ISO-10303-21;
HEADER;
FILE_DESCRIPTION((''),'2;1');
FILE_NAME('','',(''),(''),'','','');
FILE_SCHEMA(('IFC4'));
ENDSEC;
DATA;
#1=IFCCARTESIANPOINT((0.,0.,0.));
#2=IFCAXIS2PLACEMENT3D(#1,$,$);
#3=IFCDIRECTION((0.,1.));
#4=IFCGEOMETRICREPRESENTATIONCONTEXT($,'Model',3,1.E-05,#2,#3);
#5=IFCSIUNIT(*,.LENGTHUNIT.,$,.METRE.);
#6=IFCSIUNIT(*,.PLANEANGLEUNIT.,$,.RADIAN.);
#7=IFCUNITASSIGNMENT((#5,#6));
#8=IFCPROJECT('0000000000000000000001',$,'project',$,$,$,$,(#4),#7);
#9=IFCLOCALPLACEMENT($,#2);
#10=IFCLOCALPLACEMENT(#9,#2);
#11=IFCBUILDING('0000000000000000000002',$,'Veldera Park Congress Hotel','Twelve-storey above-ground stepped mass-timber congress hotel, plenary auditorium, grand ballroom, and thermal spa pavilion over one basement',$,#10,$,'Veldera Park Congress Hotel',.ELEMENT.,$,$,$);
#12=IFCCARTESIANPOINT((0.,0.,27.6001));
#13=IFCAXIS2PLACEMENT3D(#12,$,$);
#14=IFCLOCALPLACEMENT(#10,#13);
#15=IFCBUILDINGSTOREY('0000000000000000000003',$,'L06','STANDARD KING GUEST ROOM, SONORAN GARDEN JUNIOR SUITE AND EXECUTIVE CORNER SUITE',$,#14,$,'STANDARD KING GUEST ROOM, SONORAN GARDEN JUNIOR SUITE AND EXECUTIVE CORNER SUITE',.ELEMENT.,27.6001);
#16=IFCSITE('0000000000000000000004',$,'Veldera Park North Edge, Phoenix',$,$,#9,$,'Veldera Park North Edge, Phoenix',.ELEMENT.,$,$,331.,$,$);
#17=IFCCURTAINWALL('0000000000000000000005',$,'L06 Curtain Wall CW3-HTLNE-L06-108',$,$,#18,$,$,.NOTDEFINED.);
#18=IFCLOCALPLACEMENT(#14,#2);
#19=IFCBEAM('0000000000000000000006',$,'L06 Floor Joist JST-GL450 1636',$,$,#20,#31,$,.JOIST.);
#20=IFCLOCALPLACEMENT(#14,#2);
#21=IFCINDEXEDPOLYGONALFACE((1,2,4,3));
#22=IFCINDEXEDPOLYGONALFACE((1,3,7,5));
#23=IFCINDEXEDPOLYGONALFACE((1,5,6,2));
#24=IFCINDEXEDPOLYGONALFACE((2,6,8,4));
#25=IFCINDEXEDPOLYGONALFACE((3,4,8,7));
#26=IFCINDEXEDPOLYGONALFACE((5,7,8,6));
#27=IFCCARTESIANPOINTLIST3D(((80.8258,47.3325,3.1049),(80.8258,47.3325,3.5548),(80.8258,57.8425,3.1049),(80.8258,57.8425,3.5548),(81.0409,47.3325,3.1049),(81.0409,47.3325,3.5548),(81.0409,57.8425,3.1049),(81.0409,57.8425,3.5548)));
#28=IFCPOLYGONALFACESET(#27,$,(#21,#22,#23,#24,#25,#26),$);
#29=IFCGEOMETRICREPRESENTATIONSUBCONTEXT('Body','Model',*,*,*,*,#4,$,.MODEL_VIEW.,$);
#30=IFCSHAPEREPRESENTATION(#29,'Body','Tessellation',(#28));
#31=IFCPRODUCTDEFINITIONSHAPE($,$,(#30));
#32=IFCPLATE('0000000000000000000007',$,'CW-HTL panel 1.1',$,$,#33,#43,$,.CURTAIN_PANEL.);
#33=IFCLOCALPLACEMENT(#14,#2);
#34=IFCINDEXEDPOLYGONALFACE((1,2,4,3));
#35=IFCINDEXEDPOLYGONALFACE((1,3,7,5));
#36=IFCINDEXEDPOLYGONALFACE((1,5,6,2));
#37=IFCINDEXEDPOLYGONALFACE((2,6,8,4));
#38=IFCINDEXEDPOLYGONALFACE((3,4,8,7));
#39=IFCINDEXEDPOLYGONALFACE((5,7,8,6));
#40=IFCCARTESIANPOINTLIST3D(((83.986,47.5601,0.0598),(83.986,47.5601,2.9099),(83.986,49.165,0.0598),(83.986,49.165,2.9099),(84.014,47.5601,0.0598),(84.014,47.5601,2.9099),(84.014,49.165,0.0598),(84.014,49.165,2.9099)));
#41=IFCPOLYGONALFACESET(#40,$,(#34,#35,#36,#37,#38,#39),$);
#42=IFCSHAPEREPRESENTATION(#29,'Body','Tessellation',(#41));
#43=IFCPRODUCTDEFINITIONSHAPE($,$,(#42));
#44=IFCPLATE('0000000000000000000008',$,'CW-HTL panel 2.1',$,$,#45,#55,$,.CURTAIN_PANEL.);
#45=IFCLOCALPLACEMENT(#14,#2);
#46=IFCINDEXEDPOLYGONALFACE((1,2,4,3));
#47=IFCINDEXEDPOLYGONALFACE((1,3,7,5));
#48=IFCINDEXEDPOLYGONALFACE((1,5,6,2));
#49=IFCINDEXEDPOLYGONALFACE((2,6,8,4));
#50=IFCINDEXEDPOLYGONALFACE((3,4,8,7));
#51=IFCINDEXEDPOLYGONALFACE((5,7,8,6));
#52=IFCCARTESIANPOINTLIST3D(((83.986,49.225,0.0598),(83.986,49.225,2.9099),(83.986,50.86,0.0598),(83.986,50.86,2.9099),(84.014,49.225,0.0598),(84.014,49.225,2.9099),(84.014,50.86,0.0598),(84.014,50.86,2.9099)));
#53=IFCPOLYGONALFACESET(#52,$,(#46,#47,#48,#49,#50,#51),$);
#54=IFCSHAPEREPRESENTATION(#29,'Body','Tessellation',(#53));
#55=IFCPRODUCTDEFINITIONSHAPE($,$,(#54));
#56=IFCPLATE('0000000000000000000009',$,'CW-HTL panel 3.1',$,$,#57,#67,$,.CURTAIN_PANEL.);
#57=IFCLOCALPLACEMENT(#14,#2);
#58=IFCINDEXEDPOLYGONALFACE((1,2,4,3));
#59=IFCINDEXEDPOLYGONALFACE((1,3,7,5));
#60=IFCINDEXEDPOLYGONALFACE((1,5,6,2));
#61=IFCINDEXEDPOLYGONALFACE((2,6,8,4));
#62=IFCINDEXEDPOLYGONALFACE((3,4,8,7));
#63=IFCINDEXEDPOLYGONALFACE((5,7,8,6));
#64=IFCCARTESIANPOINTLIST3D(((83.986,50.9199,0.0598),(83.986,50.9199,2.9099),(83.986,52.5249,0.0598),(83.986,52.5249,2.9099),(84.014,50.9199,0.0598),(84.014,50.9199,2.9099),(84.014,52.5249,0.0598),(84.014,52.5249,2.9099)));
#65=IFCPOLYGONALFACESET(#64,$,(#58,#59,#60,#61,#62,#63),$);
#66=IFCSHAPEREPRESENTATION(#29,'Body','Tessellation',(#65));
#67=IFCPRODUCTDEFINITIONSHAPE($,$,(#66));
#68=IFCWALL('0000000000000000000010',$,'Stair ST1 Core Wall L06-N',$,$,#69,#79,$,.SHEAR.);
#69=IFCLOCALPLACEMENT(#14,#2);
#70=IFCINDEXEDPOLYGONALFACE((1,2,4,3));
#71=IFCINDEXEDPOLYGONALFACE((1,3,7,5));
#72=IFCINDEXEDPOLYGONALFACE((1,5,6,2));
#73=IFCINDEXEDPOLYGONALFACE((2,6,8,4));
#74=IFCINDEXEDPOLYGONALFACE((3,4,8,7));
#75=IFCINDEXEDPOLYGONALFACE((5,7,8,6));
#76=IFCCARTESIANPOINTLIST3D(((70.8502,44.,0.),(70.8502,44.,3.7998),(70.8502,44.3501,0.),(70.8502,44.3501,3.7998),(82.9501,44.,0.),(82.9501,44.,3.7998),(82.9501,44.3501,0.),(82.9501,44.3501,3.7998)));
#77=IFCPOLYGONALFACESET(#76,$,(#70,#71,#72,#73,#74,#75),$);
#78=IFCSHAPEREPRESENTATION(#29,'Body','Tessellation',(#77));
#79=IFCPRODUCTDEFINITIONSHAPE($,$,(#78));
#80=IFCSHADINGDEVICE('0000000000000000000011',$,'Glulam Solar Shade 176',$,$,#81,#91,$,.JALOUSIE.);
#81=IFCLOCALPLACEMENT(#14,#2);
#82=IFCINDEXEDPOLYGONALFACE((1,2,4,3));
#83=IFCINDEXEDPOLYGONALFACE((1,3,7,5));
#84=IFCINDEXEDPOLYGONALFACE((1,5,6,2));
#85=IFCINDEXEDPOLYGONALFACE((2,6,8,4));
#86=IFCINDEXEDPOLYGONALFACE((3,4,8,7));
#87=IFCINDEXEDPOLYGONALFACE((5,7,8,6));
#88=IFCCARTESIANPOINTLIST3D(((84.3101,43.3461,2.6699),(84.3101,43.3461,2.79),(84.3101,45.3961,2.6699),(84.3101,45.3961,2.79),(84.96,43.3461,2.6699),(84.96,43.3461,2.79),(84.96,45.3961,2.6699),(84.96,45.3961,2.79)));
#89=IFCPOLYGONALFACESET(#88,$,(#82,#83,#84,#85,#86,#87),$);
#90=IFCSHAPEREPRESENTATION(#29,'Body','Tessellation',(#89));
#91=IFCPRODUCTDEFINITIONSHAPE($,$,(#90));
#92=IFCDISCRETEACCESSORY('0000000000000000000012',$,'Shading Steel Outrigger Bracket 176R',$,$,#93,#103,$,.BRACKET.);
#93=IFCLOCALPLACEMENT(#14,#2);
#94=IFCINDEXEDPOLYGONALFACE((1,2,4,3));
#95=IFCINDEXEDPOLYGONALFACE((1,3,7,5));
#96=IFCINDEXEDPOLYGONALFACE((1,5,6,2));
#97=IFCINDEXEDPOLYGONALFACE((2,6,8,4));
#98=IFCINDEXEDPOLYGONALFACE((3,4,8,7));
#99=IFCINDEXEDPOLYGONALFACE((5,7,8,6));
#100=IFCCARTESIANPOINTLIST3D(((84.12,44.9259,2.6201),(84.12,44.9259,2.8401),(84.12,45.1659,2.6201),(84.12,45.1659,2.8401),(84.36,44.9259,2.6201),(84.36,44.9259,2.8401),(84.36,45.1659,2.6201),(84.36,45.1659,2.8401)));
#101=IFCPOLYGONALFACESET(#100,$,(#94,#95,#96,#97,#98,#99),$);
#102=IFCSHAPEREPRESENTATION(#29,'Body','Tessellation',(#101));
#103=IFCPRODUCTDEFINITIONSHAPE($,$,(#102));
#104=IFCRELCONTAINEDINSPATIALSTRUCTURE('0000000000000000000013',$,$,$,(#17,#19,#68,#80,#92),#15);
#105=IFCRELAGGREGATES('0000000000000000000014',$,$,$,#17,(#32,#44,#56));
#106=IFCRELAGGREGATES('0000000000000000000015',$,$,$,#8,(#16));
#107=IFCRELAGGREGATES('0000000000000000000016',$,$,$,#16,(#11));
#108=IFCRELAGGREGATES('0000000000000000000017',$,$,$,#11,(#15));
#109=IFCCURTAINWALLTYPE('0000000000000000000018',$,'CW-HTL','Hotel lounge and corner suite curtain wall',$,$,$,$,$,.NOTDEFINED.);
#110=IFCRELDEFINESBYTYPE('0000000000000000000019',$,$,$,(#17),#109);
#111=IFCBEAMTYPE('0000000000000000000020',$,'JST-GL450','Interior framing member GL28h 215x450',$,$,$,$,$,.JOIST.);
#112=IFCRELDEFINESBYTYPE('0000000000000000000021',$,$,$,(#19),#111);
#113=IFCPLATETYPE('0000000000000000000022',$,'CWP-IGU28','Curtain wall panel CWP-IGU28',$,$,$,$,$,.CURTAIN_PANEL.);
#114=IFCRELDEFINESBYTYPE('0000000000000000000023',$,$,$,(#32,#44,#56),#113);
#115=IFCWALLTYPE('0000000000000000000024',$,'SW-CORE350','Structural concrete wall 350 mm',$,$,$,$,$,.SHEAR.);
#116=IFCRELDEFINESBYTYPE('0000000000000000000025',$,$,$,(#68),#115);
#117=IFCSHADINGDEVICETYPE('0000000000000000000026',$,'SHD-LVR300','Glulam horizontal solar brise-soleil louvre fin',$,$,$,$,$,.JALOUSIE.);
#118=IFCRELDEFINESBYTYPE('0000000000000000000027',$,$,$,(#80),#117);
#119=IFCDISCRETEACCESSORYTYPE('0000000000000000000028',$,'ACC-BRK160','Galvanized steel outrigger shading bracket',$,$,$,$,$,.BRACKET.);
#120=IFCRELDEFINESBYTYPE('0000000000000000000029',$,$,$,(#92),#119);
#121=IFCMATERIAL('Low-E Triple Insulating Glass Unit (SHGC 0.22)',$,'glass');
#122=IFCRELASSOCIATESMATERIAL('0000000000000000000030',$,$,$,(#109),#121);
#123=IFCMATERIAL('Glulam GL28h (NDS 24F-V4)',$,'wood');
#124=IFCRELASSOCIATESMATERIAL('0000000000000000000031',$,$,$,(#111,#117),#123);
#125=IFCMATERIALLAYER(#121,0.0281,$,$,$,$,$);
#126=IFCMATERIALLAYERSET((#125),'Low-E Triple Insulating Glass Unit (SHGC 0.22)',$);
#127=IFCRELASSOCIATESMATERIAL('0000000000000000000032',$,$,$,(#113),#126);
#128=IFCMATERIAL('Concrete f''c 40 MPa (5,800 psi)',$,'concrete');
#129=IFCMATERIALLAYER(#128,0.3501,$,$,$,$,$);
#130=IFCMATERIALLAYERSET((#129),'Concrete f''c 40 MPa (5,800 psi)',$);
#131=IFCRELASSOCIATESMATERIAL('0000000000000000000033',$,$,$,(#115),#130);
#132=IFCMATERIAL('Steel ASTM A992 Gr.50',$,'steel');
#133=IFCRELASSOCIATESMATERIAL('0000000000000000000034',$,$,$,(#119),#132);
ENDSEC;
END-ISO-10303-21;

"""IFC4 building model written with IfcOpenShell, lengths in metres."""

from ifc_helpers import new_model, si_unit, direction, frame, frame_2d, origin, origin_2d, place, context, subcontext, project, spatial, rectangle, extrude, material, layer, layer_set, material_profile, profile_set, type_object, element, aggregate, save


model = new_model("IFC4")

# Units and contexts
model_context = context("Model", 3, precision=1e-05, world=origin(), true_north=direction((0.0, 1.0)))
body_context = subcontext(model_context, "Body", "Model", "MODEL_VIEW")
ifc_project = project(units=[si_unit("LENGTHUNIT", "METRE"), si_unit("PLANEANGLEUNIT", "RADIAN")], contexts=[model_context])

# Site, building, storey
site_placement = place(None, origin())
site = spatial("IfcSite", under=ifc_project, at=site_placement, Name="Veldera Park North Edge, Phoenix", LongName="Veldera Park North Edge, Phoenix", CompositionType="ELEMENT", RefElevation=331.0)
building_placement = place(site_placement, origin())
building = spatial("IfcBuilding", under=site, at=building_placement, Name="Veldera Park Congress Hotel", Description="Twelve-storey above-ground stepped mass-timber congress hotel, plenary auditorium, grand ballroom, and thermal spa pavilion over one basement", LongName="Veldera Park Congress Hotel", CompositionType="ELEMENT")
storey_placement = place(building_placement, frame((0.0, 0.0, 27.6001)))
storey = spatial("IfcBuildingStorey", under=building, at=storey_placement, Name="L06", Description="STANDARD KING GUEST ROOM, SONORAN GARDEN JUNIOR SUITE AND EXECUTIVE CORNER SUITE", LongName="STANDARD KING GUEST ROOM, SONORAN GARDEN JUNIOR SUITE AND EXECUTIVE CORNER SUITE", CompositionType="ELEMENT", Elevation=27.6001)

# Shared definitions
ifc_material_1 = material(Name="Glulam GL28h (NDS 24F-V4)", Category="wood")

# Curtain wall
ifc_material_2 = material(Name="Low-E Triple Insulating Glass Unit (SHGC 0.22)", Category="glass")
curtain_wall_type = type_object("IfcCurtainWallType", Name="CW-HTL", Description="Hotel lounge and corner suite curtain wall", PredefinedType="NOTDEFINED", material=ifc_material_2)
curtain_wall_1_placement = place(storey_placement, origin())
curtain_wall_1 = element("IfcCurtainWall", 1, at=curtain_wall_1_placement, inside=storey, type_object=curtain_wall_type, Name="L06 Curtain Wall CW3-HTLNE-L06-108", PredefinedType="NOTDEFINED")

# Beam
ifc_material_profile_1 = material_profile(ifc_material_1, rectangle(XDim=0.2151, YDim=0.45, at=origin_2d()), Name="GL28h 215x450")
ifc_profile_set_1 = profile_set([ifc_material_profile_1], Name="Glulam GL28h (NDS 24F-V4)")
beam_type_1 = type_object("IfcBeamType", Name="JST-GL450", Description="Interior framing member GL28h 215x450", PredefinedType="JOIST", material=ifc_profile_set_1)
beam_1_placement = place(storey_placement, frame((80.9333, 47.3325, 3.3298), z_axis=(0.0, 1.0, 0.0), x_axis=(-1.0, 0.0, 0.0)))
element("IfcBeam", 2, at=beam_1_placement, inside=storey, type_object=beam_type_1, Name="L06 Floor Joist JST-GL450 1636", PredefinedType="JOIST", context=body_context, shape_type="SweptSolid", body=[
    extrude(rectangle(XDim=0.2151, YDim=0.45, at=origin_2d()), origin(), (0.0, 0.0, 1.0), 10.51),
])

# Plates
ifc_layer_1 = layer(ifc_material_2, 0.0281)
ifc_layer_set_1 = layer_set([ifc_layer_1], Name="Low-E Triple Insulating Glass Unit (SHGC 0.22)")
plate_type = type_object("IfcPlateType", Name="CWP-IGU28", Description="Curtain wall panel CWP-IGU28", PredefinedType="CURTAIN_PANEL", material=ifc_layer_set_1)
plate_1_placement = place(storey_placement, frame((84.0, 48.3625, 0.0598), z_axis=(0.0, 0.0, 1.0), x_axis=(0.0, 1.0, 0.0)))
plate_1 = element("IfcPlate", 3, at=plate_1_placement, type_object=plate_type, Name="CW-HTL panel 1.1", PredefinedType="CURTAIN_PANEL", context=body_context, shape_type="SweptSolid", body=[
    extrude(rectangle(XDim=1.605, YDim=0.0281, at=origin_2d()), origin(), (0.0, 0.0, 1.0), 2.8501),
])
plate_2_placement = place(storey_placement, frame((84.0, 50.0425, 0.0598), z_axis=(0.0, 0.0, 1.0), x_axis=(0.0, 1.0, 0.0)))
plate_2 = element("IfcPlate", 4, at=plate_2_placement, type_object=plate_type, Name="CW-HTL panel 2.1", PredefinedType="CURTAIN_PANEL", context=body_context, shape_type="SweptSolid", body=[
    extrude(rectangle(XDim=1.635, YDim=0.0281, at=origin_2d()), origin(), (0.0, 0.0, 1.0), 2.8501),
])
plate_3_placement = place(storey_placement, frame((84.0, 51.7224, 0.0598), z_axis=(0.0, 0.0, 1.0), x_axis=(0.0, 1.0, 0.0)))
plate_3 = element("IfcPlate", 5, at=plate_3_placement, type_object=plate_type, Name="CW-HTL panel 3.1", PredefinedType="CURTAIN_PANEL", context=body_context, shape_type="SweptSolid", body=[
    extrude(rectangle(XDim=1.605, YDim=0.0281, at=origin_2d()), origin(), (0.0, 0.0, 1.0), 2.8501),
])
aggregate(curtain_wall_1, [plate_1, plate_2, plate_3])

# Wall
ifc_material_3 = material(Name="Concrete f'c 40 MPa (5,800 psi)", Category="concrete")
ifc_layer_2 = layer(ifc_material_3, 0.3501)
ifc_layer_set_2 = layer_set([ifc_layer_2], Name="Concrete f'c 40 MPa (5,800 psi)")
wall_type = type_object("IfcWallType", Name="SW-CORE350", Description="Structural concrete wall 350 mm", PredefinedType="SHEAR", material=ifc_layer_set_2)
wall_placement = place(storey_placement, frame((82.95, 44.175, 0.0), z_axis=(0.0, 0.0, 1.0), x_axis=(-1.0, 0.0, 0.0)))
element("IfcWall", 6, at=wall_placement, inside=storey, type_object=wall_type, Name="Stair ST1 Core Wall L06-N", PredefinedType="SHEAR", context=body_context, shape_type="SweptSolid", body=[
    extrude(rectangle(XDim=12.0999, YDim=0.3501, at=frame_2d((6.0498, 0.0))), origin(), (0.0, 0.0, 1.0), 3.7998),
])

# Shading device
shading_device_type = type_object("IfcShadingDeviceType", Name="SHD-LVR300", Description="Glulam horizontal solar brise-soleil louvre fin", PredefinedType="JALOUSIE", material=ifc_material_1)
shading_device_placement = place(storey_placement, frame((84.635, 44.3711, 2.6699), z_axis=(0.0, 0.0, 1.0), x_axis=(0.0, 1.0, 0.0)))
element("IfcShadingDevice", 7, at=shading_device_placement, inside=storey, type_object=shading_device_type, Name="Glulam Solar Shade 176", PredefinedType="JALOUSIE", context=body_context, shape_type="SweptSolid", body=[
    extrude(rectangle(XDim=2.05, YDim=0.6499, at=origin_2d()), origin(), (0.0, 0.0, 1.0), 0.1201),
])

# Discrete accessory
ifc_material_4 = material(Name="Steel ASTM A992 Gr.50", Category="steel")
discrete_accessory_type = type_object("IfcDiscreteAccessoryType", Name="ACC-BRK160", Description="Galvanized steel outrigger shading bracket", PredefinedType="BRACKET", material=ifc_material_4)
discrete_accessory_placement = place(storey_placement, frame((84.24, 45.0459, 2.6201), z_axis=(0.0, 0.0, 1.0), x_axis=(0.0, 1.0, 0.0)))
element("IfcDiscreteAccessory", 8, at=discrete_accessory_placement, inside=storey, type_object=discrete_accessory_type, Name="Shading Steel Outrigger Bracket 176R", PredefinedType="BRACKET", context=body_context, shape_type="SweptSolid", body=[
    extrude(rectangle(XDim=0.24, YDim=0.24, at=origin_2d()), origin(), (0.0, 0.0, 1.0), 0.22),
])

save(model, "model.ifc")
